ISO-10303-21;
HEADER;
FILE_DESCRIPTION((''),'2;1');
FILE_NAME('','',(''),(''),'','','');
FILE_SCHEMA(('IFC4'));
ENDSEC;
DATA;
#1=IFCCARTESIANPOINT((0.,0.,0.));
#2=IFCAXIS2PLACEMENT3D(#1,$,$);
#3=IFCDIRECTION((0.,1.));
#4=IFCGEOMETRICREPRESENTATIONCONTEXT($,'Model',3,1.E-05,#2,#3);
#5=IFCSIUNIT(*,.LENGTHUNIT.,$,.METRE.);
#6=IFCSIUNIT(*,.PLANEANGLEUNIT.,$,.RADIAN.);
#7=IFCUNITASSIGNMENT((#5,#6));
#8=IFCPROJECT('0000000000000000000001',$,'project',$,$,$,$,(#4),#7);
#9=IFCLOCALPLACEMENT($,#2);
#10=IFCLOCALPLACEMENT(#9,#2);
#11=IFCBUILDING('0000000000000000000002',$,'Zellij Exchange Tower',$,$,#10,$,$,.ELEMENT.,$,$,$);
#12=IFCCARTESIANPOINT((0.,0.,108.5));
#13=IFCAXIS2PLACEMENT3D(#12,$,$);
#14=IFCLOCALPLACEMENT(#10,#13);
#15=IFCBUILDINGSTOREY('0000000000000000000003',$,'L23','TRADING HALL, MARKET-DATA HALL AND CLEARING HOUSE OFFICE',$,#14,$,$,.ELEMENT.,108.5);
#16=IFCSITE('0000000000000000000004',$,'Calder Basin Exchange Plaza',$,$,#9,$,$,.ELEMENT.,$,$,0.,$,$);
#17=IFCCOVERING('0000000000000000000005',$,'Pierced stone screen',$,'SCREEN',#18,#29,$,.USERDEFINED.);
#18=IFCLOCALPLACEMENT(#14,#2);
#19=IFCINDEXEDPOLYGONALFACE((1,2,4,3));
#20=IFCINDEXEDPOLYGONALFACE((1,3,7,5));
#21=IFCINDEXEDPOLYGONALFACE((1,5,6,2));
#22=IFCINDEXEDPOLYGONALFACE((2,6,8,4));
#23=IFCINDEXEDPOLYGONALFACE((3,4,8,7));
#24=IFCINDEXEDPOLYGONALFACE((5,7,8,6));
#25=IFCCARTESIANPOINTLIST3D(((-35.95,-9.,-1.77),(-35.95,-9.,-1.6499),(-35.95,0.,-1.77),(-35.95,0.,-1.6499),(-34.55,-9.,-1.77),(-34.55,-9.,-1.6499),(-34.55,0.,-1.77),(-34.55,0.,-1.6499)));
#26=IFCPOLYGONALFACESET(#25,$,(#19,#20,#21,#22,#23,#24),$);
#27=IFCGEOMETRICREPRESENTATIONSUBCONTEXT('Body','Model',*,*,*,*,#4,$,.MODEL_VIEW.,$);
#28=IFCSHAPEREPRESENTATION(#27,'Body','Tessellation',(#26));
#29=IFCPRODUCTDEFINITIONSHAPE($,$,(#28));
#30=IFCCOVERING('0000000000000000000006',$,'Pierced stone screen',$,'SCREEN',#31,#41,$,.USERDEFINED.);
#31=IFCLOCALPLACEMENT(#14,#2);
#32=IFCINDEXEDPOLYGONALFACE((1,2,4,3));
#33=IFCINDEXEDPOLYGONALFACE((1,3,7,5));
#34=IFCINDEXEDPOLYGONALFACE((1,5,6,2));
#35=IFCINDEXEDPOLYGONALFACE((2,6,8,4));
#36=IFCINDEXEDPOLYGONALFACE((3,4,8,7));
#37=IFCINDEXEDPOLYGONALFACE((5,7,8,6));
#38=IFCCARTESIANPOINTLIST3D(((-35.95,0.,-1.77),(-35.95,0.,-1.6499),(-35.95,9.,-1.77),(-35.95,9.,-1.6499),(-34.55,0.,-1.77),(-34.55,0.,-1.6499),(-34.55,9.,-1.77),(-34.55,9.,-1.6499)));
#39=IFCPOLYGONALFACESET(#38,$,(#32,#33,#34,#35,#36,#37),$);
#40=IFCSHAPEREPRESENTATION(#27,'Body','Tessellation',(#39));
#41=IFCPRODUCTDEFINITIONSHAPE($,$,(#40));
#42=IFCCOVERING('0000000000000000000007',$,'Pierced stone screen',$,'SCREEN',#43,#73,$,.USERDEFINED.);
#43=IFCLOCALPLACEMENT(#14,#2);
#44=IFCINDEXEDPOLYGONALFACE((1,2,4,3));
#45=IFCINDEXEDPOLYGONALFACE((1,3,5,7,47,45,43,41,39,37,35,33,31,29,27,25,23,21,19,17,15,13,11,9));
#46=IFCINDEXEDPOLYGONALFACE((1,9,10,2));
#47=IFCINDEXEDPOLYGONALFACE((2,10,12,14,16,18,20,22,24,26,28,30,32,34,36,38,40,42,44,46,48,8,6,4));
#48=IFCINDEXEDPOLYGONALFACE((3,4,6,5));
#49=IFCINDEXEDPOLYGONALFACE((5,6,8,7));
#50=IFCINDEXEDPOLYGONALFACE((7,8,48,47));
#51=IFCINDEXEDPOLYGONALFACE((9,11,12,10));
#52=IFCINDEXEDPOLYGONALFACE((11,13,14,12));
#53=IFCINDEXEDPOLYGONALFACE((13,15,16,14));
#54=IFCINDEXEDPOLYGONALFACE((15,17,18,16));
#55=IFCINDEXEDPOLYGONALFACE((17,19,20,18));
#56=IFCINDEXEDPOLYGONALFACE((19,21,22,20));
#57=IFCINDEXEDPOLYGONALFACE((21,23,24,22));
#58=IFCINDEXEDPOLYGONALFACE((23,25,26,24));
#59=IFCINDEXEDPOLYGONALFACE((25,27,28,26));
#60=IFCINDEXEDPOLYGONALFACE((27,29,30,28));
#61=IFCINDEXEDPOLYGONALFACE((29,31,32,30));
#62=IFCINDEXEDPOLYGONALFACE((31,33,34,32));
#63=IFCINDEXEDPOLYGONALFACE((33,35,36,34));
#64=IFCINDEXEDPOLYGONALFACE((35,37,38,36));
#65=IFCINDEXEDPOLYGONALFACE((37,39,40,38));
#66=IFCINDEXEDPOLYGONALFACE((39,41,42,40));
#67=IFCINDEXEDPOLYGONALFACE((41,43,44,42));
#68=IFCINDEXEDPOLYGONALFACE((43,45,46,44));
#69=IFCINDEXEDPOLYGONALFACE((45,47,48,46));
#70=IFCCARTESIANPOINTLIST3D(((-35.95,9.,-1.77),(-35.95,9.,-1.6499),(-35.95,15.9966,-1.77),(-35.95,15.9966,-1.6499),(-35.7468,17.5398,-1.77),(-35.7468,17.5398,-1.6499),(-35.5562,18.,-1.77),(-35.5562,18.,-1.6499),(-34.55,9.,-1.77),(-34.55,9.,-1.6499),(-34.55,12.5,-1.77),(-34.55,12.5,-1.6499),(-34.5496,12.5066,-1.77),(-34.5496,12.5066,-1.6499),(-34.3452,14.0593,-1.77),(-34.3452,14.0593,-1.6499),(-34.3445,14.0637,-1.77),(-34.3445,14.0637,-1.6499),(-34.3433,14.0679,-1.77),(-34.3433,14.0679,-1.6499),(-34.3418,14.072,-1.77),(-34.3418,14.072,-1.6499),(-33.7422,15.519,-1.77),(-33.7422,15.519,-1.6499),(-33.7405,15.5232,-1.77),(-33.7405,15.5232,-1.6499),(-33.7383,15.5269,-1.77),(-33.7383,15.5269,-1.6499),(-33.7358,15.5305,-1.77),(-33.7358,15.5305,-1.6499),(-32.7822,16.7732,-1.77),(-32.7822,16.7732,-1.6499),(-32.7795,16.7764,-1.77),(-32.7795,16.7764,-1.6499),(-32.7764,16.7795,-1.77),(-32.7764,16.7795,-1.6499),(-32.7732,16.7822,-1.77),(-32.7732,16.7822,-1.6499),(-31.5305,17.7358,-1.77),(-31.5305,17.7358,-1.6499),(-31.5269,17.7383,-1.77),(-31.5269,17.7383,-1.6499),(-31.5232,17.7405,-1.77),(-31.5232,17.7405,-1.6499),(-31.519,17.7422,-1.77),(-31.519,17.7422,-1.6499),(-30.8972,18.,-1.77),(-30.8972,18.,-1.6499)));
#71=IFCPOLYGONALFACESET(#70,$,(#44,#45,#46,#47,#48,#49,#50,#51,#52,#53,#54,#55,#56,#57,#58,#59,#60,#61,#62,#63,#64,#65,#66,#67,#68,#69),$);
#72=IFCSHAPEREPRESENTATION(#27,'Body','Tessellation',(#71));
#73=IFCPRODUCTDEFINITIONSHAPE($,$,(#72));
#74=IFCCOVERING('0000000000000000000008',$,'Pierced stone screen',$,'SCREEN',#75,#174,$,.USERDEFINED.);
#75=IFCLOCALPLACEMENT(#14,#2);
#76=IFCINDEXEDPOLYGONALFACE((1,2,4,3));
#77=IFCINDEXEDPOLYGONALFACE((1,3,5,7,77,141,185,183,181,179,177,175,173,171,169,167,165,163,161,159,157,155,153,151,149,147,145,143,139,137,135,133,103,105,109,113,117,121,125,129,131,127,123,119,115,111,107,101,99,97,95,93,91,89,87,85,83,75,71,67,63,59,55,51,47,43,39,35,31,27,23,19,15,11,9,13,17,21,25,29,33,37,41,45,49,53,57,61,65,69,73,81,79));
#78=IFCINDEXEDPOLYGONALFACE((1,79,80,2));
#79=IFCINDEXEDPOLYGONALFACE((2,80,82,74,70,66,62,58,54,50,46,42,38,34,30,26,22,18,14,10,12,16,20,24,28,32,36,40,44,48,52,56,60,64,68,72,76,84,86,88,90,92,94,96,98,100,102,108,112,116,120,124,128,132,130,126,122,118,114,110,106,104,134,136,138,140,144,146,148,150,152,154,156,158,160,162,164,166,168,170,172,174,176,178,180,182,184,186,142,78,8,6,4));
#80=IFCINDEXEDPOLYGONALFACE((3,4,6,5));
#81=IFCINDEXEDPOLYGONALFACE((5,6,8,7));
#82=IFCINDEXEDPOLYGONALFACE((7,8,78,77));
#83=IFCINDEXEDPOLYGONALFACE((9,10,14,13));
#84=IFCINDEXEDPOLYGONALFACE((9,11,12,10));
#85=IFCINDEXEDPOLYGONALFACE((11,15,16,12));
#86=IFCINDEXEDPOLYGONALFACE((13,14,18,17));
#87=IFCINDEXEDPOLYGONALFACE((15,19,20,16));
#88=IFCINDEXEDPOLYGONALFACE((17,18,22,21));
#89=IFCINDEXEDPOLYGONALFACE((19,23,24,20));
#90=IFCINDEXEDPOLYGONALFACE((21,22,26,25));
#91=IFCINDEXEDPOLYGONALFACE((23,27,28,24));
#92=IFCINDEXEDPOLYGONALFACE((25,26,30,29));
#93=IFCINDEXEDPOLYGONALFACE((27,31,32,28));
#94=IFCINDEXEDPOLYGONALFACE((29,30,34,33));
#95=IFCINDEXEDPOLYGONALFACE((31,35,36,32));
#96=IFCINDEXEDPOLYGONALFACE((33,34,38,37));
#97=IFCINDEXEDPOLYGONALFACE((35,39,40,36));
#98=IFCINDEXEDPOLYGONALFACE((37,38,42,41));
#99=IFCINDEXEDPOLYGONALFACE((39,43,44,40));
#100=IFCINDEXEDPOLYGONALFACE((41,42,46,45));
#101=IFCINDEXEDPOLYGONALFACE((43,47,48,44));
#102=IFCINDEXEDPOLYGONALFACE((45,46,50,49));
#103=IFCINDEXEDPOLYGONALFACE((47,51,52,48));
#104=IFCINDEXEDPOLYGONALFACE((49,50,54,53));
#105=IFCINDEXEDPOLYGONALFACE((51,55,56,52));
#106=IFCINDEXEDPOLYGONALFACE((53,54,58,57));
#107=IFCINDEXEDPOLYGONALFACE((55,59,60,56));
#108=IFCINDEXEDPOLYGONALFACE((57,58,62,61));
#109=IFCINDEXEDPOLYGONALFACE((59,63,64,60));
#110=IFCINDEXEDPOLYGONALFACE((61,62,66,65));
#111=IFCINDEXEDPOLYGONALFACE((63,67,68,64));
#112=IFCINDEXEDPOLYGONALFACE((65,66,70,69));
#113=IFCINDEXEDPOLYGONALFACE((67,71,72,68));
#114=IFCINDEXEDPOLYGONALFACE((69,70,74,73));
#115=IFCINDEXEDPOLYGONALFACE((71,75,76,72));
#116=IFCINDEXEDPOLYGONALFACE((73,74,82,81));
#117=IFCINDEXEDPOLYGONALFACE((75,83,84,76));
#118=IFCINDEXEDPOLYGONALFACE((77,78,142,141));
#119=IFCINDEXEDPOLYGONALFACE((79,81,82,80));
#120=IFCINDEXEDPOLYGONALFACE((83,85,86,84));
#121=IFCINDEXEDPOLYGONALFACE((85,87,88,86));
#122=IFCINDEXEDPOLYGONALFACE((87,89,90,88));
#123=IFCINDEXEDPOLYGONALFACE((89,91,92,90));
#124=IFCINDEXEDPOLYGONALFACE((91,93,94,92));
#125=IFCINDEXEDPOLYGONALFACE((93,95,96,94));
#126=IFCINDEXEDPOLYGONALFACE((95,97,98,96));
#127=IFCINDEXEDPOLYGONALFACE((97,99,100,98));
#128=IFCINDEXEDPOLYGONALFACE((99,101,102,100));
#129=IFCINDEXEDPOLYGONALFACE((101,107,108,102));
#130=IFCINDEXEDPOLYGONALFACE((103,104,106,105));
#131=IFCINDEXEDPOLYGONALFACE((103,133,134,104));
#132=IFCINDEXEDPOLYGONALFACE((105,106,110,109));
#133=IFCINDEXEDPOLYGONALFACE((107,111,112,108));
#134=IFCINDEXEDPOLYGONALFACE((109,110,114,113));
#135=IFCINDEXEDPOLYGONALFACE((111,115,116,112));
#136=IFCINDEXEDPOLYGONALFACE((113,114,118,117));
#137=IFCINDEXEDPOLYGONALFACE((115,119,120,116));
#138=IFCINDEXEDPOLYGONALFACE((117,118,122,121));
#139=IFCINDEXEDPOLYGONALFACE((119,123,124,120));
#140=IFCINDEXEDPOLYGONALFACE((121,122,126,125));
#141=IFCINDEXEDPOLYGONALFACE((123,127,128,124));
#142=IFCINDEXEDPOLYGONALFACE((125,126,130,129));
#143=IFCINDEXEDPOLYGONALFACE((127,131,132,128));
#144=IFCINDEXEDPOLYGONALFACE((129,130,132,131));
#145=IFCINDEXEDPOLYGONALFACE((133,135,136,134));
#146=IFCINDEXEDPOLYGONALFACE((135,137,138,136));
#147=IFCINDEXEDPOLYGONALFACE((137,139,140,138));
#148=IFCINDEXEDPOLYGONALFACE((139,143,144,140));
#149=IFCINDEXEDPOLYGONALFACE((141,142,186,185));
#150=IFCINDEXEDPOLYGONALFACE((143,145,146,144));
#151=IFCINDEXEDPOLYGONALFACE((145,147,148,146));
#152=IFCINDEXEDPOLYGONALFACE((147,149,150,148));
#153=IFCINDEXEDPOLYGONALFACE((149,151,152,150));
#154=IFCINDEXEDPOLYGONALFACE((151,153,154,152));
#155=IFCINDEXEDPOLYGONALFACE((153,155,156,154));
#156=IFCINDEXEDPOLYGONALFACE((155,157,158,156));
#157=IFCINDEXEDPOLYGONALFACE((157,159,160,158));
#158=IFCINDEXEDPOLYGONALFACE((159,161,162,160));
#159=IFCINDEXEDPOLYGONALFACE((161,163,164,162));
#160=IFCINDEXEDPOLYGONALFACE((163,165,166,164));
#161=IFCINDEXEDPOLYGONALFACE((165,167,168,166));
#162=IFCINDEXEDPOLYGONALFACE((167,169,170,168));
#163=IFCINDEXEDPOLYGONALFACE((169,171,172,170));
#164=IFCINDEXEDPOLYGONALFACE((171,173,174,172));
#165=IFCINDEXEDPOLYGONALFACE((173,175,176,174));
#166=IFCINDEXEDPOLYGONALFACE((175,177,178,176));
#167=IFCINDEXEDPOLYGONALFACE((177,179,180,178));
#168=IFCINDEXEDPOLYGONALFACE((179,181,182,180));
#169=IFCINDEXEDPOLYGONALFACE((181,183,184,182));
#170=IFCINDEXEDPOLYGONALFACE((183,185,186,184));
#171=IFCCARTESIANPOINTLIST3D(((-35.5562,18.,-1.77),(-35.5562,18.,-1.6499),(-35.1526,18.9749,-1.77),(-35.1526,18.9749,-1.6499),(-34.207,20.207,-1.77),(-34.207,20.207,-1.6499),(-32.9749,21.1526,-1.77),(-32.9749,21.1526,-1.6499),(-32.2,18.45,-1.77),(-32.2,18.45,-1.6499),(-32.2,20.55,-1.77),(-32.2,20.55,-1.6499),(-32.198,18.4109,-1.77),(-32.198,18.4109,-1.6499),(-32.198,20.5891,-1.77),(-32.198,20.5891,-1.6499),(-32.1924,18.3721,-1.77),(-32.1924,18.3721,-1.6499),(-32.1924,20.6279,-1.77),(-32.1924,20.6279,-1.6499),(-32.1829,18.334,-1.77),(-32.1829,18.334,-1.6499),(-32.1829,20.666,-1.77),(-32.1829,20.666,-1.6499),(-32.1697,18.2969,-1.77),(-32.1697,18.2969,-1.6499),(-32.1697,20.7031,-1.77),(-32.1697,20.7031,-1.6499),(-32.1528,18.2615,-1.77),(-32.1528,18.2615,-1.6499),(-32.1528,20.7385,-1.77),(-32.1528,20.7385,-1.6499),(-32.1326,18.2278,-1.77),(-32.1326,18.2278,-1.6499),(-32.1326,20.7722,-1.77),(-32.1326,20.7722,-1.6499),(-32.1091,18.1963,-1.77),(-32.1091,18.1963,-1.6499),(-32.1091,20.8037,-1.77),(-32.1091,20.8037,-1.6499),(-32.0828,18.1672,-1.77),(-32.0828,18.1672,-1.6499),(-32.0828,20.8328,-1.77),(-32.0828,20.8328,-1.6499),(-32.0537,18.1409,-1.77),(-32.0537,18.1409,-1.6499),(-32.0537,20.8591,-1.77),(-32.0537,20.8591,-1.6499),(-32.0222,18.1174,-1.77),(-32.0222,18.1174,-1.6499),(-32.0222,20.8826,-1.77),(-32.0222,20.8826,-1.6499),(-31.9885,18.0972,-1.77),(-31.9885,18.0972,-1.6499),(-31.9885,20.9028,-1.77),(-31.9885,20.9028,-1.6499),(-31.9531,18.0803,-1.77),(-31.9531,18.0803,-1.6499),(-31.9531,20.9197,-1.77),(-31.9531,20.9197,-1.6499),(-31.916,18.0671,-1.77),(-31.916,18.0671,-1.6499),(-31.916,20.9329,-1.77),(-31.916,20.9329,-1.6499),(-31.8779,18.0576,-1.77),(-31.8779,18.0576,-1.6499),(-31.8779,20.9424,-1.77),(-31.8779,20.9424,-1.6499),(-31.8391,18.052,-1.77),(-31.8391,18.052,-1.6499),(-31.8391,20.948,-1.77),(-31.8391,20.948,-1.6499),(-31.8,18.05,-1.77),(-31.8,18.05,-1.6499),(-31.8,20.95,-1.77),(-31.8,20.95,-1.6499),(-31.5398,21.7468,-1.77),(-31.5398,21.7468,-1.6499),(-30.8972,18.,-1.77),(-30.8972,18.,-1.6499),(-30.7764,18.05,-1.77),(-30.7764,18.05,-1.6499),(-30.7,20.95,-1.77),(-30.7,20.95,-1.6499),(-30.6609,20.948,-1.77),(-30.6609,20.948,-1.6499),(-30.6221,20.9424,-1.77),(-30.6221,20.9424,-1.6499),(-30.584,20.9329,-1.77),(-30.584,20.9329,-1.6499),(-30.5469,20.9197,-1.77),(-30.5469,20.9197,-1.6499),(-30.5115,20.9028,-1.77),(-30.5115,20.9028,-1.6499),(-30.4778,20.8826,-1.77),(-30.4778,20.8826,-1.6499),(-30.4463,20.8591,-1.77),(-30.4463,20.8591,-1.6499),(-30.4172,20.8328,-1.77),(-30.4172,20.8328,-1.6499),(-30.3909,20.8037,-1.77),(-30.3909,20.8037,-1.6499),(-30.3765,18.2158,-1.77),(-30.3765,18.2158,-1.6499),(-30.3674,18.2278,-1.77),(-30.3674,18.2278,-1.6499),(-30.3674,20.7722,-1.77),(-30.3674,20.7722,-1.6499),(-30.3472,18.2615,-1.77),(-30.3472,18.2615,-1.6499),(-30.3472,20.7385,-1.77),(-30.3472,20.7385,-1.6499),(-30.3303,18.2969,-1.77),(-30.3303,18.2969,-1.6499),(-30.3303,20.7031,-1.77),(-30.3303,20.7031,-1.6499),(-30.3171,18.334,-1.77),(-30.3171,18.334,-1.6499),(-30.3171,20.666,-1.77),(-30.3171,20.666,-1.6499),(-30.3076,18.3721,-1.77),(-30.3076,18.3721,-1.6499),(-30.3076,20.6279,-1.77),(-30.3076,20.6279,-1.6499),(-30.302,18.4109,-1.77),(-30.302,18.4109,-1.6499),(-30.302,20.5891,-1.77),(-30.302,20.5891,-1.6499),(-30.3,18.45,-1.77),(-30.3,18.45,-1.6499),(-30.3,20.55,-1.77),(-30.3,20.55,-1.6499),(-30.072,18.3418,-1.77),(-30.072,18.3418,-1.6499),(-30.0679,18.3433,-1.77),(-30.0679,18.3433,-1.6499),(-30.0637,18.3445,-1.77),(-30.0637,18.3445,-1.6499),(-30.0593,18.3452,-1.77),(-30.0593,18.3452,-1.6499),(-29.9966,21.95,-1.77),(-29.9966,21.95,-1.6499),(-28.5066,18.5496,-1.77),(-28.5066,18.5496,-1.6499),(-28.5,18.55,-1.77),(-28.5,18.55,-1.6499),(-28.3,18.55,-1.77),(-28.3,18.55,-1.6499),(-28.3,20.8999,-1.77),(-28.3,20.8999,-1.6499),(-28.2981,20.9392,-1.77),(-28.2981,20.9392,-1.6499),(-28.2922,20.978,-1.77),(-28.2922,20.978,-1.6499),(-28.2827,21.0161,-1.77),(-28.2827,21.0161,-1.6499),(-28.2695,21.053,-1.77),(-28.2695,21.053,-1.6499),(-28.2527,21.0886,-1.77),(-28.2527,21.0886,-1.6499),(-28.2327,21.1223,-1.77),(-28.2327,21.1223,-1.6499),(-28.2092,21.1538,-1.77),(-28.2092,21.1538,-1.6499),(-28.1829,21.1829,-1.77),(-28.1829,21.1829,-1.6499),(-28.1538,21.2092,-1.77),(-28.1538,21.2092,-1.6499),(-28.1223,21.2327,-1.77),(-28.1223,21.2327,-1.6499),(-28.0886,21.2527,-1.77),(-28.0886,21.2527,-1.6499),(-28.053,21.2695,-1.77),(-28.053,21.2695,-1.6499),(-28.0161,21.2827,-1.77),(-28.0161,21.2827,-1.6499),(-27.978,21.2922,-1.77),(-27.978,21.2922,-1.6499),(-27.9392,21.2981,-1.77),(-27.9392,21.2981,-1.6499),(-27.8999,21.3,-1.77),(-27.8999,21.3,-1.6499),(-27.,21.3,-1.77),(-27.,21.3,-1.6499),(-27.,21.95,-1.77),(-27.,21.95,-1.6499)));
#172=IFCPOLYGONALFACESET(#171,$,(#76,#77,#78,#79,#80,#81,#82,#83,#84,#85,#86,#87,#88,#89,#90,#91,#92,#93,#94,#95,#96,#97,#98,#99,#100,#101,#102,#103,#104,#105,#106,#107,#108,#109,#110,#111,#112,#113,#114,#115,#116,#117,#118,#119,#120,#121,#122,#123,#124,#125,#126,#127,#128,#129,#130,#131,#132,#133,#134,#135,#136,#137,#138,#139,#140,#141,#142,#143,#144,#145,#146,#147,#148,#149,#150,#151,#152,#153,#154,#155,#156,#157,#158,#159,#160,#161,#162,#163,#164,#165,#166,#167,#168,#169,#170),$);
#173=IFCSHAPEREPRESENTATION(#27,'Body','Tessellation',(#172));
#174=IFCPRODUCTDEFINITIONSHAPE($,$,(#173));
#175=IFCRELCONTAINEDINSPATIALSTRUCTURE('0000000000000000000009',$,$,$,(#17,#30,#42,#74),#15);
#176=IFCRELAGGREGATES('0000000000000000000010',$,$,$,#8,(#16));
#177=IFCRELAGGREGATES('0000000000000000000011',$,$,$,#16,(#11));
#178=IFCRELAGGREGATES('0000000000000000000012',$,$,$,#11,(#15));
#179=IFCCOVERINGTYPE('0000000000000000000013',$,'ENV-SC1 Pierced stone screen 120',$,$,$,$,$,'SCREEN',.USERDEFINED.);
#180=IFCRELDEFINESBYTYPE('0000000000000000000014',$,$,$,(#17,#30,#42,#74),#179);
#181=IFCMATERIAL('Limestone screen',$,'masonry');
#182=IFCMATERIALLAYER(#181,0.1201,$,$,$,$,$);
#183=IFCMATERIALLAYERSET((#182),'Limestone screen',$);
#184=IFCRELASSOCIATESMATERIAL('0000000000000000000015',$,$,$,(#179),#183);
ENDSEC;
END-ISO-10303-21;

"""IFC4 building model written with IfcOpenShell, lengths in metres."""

from ifc_helpers import new_model, si_unit, direction, frame, origin, place, context, subcontext, project, spatial, polyline, outline, extrude, material, layer, layer_set, type_object, element, save


model = new_model("IFC4")

# Units and contexts
model_context = context("Model", 3, precision=1e-05, world=origin(), true_north=direction((0.0, 1.0)))
body_context = subcontext(model_context, "Body", "Model", "MODEL_VIEW")
ifc_project = project(units=[si_unit("LENGTHUNIT", "METRE"), si_unit("PLANEANGLEUNIT", "RADIAN")], contexts=[model_context])

# Site, building, storey
site_placement = place(None, origin())
site = spatial("IfcSite", under=ifc_project, at=site_placement, Name="Calder Basin Exchange Plaza", CompositionType="ELEMENT", RefElevation=0.0)
building_placement = place(site_placement, origin())
building = spatial("IfcBuilding", under=site, at=building_placement, Name="Zellij Exchange Tower", CompositionType="ELEMENT")
storey_placement = place(building_placement, frame((0.0, 0.0, 108.5)))
storey = spatial("IfcBuildingStorey", under=building, at=storey_placement, Name="L23", Description="TRADING HALL, MARKET-DATA HALL AND CLEARING HOUSE OFFICE", CompositionType="ELEMENT", Elevation=108.5)

# Coverings
ifc_material_1 = material(Name="Limestone screen", Category="masonry")
ifc_layer_1 = layer(ifc_material_1, 0.1201)
ifc_layer_set_1 = layer_set([ifc_layer_1], Name="Limestone screen")
covering_type_1 = type_object("IfcCoveringType", Name="ENV-SC1 Pierced stone screen 120", ElementType="SCREEN", PredefinedType="USERDEFINED", material=ifc_layer_set_1)
covering_1_placement = place(storey_placement, frame((0.0, 0.0, -1.77)))
element("IfcCovering", 1, at=covering_1_placement, inside=storey, type_object=covering_type_1, Name="Pierced stone screen", ObjectType="SCREEN", PredefinedType="USERDEFINED", context=body_context, shape_type="SweptSolid", body=[
    extrude(outline(polyline([(-34.55, -9.0), (-35.95, -9.0), (-35.95, 0.0), (-34.55, 0.0), (-34.55, -9.0)])), origin(), (0.0, 0.0, 1.0), 0.1201),
])
covering_2_placement = place(storey_placement, frame((0.0, 0.0, -1.77)))
element("IfcCovering", 2, at=covering_2_placement, inside=storey, type_object=covering_type_1, Name="Pierced stone screen", ObjectType="SCREEN", PredefinedType="USERDEFINED", context=body_context, shape_type="SweptSolid", body=[
    extrude(outline(polyline([(-34.55, 0.0), (-35.95, 0.0), (-35.95, 9.0), (-34.55, 9.0), (-34.55, 0.0)])), origin(), (0.0, 0.0, 1.0), 0.1201),
])
covering_3_placement = place(storey_placement, frame((0.0, 0.0, -1.77)))
element("IfcCovering", 3, at=covering_3_placement, inside=storey, type_object=covering_type_1, Name="Pierced stone screen", ObjectType="SCREEN", PredefinedType="USERDEFINED", context=body_context, shape_type="SweptSolid", body=[
    extrude(outline(polyline([(-31.519, 17.7422), (-31.5232, 17.7405), (-31.5269, 17.7383), (-31.5305, 17.7358), (-32.7732, 16.7822), (-32.7764, 16.7795), (-32.7795, 16.7764), (-32.7822, 16.7732), (-33.7358, 15.5305), (-33.7383, 15.5269), (-33.7405, 15.5232), (-33.7422, 15.519), (-34.3418, 14.072), (-34.3433, 14.0679), (-34.3445, 14.0637), (-34.3452, 14.0593), (-34.5496, 12.5066), (-34.55, 12.5), (-34.55, 9.0), (-35.95, 9.0), (-35.95, 15.9966), (-35.7468, 17.5398), (-35.5562, 18.0), (-30.8972, 18.0), (-31.519, 17.7422)])), origin(), (0.0, 0.0, 1.0), 0.1201),
])
covering_4_placement = place(storey_placement, frame((0.0, 0.0, -1.77)))
element("IfcCovering", 4, at=covering_4_placement, inside=storey, type_object=covering_type_1, Name="Pierced stone screen", ObjectType="SCREEN", PredefinedType="USERDEFINED", context=body_context, shape_type="SweptSolid", body=[
    extrude(outline(polyline([(-27.8999, 21.3), (-27.9392, 21.2981), (-27.978, 21.2922), (-28.0161, 21.2827), (-28.053, 21.2695), (-28.0886, 21.2527), (-28.1223, 21.2327), (-28.1538, 21.2092), (-28.1829, 21.1829), (-28.2092, 21.1538), (-28.2327, 21.1223), (-28.2527, 21.0886), (-28.2695, 21.053), (-28.2827, 21.0161), (-28.2922, 20.978), (-28.2981, 20.9392), (-28.3, 20.8999), (-28.3, 18.55), (-28.5, 18.55), (-28.5066, 18.5496), (-30.0593, 18.3452), (-30.0637, 18.3445), (-30.0679, 18.3433), (-30.072, 18.3418), (-30.3765, 18.2158), (-30.3674, 18.2278), (-30.3472, 18.2615), (-30.3303, 18.2969), (-30.3171, 18.334), (-30.3076, 18.3721), (-30.302, 18.4109), (-30.3, 18.45), (-30.3, 20.55), (-30.302, 20.5891), (-30.3076, 20.6279), (-30.3171, 20.666), (-30.3303, 20.7031), (-30.3472, 20.7385), (-30.3674, 20.7722), (-30.3909, 20.8037), (-30.4172, 20.8328), (-30.4463, 20.8591), (-30.4778, 20.8826), (-30.5115, 20.9028), (-30.5469, 20.9197), (-30.584, 20.9329), (-30.6221, 20.9424), (-30.6609, 20.948), (-30.7, 20.95), (-31.8, 20.95), (-31.8391, 20.948), (-31.8779, 20.9424), (-31.916, 20.9329), (-31.9531, 20.9197), (-31.9885, 20.9028), (-32.0222, 20.8826), (-32.0537, 20.8591), (-32.0828, 20.8328), (-32.1091, 20.8037), (-32.1326, 20.7722), (-32.1528, 20.7385), (-32.1697, 20.7031), (-32.1829, 20.666), (-32.1924, 20.6279), (-32.198, 20.5891), (-32.2, 20.55), (-32.2, 18.45), (-32.198, 18.4109), (-32.1924, 18.3721), (-32.1829, 18.334), (-32.1697, 18.2969), (-32.1528, 18.2615), (-32.1326, 18.2278), (-32.1091, 18.1963), (-32.0828, 18.1672), (-32.0537, 18.1409), (-32.0222, 18.1174), (-31.9885, 18.0972), (-31.9531, 18.0803), (-31.916, 18.0671), (-31.8779, 18.0576), (-31.8391, 18.052), (-31.8, 18.05), (-30.7764, 18.05), (-30.8972, 18.0), (-35.5562, 18.0), (-35.1526, 18.9749), (-34.207, 20.207), (-32.9749, 21.1526), (-31.5398, 21.7468), (-29.9966, 21.95), (-27.0, 21.95), (-27.0, 21.3), (-27.8999, 21.3)])), origin(), (0.0, 0.0, 1.0), 0.1201),
])

save(model, "model.ifc")
